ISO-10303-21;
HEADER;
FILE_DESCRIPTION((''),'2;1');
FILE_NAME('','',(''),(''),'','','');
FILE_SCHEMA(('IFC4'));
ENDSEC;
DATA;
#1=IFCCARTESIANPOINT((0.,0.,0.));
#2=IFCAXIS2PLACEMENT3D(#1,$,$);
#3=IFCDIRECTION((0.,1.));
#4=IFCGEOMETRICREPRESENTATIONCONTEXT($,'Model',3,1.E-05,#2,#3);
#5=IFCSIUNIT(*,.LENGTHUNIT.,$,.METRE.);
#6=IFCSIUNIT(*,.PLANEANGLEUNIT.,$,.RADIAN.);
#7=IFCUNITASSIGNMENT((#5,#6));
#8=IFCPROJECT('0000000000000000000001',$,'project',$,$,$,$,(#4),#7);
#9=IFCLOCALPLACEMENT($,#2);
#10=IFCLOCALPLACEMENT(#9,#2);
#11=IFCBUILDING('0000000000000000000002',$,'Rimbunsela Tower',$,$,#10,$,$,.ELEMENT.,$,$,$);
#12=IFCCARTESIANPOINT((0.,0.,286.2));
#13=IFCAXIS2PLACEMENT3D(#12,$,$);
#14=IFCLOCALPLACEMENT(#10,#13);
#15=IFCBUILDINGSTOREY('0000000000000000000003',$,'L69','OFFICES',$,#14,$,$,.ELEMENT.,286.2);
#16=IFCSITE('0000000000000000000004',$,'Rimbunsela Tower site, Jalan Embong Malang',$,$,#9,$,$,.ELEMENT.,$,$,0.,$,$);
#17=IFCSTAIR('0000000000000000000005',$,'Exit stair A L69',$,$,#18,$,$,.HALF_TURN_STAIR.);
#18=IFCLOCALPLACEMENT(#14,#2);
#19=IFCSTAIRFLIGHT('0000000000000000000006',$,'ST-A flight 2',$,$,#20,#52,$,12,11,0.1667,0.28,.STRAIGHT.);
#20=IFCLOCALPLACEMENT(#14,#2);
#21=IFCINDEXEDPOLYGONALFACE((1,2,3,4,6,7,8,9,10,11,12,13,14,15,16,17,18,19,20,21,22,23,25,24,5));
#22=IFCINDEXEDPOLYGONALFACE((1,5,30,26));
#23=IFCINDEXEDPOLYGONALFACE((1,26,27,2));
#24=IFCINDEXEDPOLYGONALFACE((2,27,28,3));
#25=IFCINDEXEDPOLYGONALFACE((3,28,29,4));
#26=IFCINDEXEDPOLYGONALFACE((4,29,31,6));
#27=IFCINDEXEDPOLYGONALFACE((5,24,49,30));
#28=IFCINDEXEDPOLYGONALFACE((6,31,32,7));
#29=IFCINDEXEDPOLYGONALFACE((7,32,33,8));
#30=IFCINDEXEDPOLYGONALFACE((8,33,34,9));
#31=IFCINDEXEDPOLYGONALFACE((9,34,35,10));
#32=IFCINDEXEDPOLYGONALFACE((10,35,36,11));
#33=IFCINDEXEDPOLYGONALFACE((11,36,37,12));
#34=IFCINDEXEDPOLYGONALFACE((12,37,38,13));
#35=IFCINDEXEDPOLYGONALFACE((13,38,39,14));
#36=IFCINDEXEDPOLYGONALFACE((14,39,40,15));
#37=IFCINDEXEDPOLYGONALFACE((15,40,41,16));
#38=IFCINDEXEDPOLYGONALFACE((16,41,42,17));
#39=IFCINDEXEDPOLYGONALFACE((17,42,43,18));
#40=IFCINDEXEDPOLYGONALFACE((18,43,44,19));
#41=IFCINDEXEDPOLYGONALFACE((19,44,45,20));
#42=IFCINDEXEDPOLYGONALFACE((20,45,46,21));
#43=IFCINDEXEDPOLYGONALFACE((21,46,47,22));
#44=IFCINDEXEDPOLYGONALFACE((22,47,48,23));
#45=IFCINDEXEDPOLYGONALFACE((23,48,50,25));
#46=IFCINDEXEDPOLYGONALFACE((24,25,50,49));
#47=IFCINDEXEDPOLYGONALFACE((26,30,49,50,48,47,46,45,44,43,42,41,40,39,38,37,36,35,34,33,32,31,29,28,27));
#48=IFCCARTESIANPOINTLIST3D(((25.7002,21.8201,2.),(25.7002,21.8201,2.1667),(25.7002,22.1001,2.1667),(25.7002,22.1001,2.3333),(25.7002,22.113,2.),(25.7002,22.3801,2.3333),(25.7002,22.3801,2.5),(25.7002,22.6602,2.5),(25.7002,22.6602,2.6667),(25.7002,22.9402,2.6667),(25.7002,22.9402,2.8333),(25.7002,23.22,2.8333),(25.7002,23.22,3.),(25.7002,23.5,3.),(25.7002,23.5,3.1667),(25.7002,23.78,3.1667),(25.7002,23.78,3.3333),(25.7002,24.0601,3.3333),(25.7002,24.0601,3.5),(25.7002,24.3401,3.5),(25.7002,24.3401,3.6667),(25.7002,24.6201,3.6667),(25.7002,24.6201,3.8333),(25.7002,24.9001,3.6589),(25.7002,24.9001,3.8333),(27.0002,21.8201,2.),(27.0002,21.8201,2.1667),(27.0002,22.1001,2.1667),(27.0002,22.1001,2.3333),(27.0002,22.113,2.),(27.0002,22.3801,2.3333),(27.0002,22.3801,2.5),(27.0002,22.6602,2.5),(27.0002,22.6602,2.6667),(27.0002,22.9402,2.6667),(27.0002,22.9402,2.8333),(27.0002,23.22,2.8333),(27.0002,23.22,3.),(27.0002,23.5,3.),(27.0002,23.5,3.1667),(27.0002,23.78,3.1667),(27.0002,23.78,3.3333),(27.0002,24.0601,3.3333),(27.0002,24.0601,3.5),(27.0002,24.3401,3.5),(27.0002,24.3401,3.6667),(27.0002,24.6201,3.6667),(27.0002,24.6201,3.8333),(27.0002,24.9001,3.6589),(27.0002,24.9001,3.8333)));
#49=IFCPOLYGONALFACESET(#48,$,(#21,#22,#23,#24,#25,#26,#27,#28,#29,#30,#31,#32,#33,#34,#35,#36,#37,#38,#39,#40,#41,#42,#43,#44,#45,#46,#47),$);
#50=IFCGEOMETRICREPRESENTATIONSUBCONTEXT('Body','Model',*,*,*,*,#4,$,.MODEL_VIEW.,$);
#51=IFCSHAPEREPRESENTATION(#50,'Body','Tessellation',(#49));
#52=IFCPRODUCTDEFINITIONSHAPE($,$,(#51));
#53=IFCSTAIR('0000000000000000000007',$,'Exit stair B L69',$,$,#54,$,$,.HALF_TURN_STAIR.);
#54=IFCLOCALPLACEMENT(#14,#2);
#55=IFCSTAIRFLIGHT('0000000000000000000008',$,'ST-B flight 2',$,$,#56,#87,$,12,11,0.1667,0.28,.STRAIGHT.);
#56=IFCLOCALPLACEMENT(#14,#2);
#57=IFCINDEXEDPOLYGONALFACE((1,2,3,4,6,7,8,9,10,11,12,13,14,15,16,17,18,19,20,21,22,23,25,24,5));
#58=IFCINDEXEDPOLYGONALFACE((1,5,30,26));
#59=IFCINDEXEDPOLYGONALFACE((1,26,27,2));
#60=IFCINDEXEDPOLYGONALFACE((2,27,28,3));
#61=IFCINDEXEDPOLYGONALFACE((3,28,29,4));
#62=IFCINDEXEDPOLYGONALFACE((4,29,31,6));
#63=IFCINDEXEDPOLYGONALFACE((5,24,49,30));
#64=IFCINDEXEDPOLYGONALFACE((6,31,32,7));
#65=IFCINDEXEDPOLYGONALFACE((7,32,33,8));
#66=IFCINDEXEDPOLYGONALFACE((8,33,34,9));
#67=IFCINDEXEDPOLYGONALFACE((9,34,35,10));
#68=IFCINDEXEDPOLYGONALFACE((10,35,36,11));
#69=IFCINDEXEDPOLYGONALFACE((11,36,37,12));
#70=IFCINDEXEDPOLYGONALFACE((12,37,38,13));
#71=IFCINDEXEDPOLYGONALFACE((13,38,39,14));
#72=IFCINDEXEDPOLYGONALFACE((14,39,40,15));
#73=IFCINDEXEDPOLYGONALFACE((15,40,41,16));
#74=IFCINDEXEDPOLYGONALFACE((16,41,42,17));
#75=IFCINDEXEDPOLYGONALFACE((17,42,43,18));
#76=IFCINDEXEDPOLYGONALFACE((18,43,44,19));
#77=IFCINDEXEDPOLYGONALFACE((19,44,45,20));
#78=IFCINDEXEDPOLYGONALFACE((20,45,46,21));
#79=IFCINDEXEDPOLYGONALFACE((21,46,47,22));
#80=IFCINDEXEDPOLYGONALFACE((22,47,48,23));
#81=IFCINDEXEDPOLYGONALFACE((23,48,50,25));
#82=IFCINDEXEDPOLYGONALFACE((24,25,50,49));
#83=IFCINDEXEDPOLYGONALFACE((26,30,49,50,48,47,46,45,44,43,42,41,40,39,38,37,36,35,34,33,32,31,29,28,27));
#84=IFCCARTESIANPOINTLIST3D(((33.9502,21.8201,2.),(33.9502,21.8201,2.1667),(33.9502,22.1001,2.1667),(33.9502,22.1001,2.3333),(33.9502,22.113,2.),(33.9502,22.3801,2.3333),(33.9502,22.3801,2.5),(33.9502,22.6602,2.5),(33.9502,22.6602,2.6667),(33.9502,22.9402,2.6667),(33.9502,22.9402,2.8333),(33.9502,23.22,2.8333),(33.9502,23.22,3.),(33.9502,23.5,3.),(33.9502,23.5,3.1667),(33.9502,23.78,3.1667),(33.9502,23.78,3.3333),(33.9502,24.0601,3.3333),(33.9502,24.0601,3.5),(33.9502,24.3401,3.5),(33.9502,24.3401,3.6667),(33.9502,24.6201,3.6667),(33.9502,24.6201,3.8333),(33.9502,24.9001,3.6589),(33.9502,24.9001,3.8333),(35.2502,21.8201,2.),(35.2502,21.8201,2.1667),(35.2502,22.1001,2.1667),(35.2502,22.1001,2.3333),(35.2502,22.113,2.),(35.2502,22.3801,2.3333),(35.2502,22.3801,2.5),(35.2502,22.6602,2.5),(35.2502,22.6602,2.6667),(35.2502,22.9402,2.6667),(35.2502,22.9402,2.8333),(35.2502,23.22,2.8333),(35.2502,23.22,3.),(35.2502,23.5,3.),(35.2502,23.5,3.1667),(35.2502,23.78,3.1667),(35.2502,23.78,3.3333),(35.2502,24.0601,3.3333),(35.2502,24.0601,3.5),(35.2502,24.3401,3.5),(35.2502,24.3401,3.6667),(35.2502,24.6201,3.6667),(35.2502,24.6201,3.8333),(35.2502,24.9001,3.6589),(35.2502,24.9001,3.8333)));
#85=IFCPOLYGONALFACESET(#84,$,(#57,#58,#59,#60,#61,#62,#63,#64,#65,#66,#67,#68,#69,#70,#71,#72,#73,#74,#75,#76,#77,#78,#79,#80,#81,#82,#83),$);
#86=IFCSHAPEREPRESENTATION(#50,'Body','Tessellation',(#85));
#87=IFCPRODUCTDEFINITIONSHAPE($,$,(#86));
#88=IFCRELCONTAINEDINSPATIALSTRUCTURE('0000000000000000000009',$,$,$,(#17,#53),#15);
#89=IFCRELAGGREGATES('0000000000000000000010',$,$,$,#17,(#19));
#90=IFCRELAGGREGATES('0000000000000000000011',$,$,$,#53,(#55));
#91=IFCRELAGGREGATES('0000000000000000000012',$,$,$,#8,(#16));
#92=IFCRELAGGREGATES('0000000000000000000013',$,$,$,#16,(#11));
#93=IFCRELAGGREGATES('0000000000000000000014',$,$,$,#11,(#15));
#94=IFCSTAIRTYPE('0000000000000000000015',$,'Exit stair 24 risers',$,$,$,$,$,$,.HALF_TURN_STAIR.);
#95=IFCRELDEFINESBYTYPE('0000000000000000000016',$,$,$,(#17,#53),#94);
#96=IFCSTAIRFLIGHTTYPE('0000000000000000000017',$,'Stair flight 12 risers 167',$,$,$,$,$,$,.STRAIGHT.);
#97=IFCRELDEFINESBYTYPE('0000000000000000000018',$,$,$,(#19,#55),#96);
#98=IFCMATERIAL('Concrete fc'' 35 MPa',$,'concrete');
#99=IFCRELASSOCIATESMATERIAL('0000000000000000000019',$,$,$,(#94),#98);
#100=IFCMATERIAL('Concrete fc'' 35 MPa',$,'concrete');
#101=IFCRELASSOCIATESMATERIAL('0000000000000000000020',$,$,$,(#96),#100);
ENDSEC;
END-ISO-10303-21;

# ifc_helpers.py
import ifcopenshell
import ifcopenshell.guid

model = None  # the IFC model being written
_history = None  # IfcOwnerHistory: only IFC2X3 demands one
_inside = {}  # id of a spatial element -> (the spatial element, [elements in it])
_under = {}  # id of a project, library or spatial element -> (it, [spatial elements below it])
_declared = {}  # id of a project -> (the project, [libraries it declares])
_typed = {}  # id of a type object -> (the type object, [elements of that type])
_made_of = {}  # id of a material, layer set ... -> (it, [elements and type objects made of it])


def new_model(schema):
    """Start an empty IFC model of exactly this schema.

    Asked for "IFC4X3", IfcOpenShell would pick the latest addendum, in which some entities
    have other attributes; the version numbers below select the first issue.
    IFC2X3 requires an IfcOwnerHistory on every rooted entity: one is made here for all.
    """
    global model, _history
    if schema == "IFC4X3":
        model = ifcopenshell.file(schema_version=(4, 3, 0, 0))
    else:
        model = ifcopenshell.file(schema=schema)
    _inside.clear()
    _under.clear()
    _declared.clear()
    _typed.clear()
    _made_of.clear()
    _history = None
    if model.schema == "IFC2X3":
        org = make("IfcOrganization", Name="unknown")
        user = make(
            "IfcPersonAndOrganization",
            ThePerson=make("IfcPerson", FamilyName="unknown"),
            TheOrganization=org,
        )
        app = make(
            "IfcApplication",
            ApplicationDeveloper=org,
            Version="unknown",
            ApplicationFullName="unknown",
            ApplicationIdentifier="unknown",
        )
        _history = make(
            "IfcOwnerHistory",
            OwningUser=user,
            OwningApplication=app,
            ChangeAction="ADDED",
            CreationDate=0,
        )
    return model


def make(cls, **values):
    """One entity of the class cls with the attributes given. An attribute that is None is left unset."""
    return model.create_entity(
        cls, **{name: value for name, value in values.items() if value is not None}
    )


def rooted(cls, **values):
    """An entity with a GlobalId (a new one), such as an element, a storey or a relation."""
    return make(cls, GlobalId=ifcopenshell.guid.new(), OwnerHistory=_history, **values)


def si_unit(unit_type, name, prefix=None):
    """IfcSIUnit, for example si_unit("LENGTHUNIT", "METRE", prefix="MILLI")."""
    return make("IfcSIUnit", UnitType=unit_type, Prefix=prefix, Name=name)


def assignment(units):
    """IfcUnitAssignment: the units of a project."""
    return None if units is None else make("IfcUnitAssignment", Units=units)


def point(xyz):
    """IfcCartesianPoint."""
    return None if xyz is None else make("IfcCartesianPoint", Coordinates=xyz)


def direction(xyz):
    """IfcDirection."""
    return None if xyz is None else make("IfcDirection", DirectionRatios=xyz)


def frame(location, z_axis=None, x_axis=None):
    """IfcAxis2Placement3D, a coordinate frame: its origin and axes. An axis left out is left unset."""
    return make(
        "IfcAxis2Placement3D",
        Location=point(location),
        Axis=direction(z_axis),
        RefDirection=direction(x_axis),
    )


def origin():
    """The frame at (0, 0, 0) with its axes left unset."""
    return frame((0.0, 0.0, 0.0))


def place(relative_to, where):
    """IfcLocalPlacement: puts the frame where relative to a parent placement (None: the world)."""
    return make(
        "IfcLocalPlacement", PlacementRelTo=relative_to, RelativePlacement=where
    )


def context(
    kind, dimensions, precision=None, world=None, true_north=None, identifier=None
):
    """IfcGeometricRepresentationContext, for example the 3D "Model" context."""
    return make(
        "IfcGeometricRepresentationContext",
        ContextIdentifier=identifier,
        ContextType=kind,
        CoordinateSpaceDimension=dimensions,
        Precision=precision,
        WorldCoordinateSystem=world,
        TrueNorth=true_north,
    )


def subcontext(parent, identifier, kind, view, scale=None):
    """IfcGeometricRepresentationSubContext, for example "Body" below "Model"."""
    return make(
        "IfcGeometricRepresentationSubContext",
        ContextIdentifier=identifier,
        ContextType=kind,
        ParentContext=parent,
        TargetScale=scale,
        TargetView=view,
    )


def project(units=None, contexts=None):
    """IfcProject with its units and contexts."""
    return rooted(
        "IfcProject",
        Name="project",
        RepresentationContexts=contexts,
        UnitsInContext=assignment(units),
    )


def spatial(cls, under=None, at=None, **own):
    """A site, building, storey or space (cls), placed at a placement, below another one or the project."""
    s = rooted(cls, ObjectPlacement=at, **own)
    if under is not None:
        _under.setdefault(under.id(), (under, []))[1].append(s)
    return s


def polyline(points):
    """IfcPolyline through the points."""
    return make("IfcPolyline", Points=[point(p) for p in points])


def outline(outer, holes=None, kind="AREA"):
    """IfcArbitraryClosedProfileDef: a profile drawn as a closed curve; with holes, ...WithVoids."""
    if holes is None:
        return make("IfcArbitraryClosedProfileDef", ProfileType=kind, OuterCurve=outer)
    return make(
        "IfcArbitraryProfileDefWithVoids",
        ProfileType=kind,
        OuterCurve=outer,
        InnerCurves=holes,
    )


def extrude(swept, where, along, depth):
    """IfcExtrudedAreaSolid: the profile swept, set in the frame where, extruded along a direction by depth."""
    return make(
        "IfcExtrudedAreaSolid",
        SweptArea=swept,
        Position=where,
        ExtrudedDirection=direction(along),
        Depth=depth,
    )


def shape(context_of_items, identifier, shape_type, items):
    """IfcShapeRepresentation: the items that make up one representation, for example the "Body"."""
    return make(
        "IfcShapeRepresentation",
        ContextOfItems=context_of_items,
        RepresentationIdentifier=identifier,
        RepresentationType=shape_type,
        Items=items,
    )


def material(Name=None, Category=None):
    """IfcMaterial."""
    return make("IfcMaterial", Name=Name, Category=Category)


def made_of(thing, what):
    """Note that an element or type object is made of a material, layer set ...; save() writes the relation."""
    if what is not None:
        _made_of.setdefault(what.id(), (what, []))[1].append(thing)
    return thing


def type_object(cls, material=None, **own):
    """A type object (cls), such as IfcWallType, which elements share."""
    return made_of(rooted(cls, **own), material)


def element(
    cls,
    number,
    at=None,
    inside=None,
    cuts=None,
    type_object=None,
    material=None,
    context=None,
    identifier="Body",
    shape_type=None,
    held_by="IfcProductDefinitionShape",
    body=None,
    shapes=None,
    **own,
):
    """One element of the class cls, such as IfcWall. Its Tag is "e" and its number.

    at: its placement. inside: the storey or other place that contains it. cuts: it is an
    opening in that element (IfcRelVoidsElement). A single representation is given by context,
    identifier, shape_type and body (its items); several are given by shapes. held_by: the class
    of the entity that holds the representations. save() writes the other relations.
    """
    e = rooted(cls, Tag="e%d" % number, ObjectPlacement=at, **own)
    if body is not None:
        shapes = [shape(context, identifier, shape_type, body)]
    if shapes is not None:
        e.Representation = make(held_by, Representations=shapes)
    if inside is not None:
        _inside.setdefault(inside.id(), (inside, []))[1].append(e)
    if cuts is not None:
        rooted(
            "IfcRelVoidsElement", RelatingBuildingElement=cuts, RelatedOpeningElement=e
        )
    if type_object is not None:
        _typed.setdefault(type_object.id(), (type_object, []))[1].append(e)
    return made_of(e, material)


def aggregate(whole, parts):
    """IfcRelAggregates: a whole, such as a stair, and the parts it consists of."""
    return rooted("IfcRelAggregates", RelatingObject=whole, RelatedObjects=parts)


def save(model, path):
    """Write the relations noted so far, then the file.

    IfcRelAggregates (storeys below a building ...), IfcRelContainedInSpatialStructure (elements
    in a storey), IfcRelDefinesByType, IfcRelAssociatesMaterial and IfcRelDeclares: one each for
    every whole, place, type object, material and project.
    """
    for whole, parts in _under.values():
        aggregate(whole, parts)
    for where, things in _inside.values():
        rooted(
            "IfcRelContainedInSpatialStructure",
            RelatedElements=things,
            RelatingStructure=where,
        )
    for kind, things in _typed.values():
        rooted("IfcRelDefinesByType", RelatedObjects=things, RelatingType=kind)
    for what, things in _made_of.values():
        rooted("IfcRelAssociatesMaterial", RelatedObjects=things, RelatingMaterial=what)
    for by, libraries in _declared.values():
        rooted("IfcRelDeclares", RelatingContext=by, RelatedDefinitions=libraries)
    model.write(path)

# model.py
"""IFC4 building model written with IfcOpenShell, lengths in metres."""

from ifc_helpers import new_model, si_unit, direction, frame, origin, place, context, subcontext, project, spatial, polyline, outline, extrude, material, type_object, element, aggregate, save


model = new_model("IFC4")

# Units and contexts
model_context = context("Model", 3, precision=1e-05, world=origin(), true_north=direction((0.0, 1.0)))
body_context = subcontext(model_context, "Body", "Model", "MODEL_VIEW")
ifc_project = project(units=[si_unit("LENGTHUNIT", "METRE"), si_unit("PLANEANGLEUNIT", "RADIAN")], contexts=[model_context])

# Site, building, storey
site_placement = place(None, origin())
site = spatial("IfcSite", under=ifc_project, at=site_placement, Name="Rimbunsela Tower site, Jalan Embong Malang", CompositionType="ELEMENT", RefElevation=0.0)
building_placement = place(site_placement, origin())
building = spatial("IfcBuilding", under=site, at=building_placement, Name="Rimbunsela Tower", CompositionType="ELEMENT")
storey_placement = place(building_placement, frame((0.0, 0.0, 286.2)))
storey = spatial("IfcBuildingStorey", under=building, at=storey_placement, Name="L69", Description="OFFICES", CompositionType="ELEMENT", Elevation=286.2)

# Stairs, stair flights
ifc_material_1 = material(Name="Concrete fc' 35 MPa", Category="concrete")
stair_type = type_object("IfcStairType", Name="Exit stair 24 risers", PredefinedType="HALF_TURN_STAIR", material=ifc_material_1)
stair_1_placement = place(storey_placement, origin())
stair_1 = element("IfcStair", 1, at=stair_1_placement, inside=storey, type_object=stair_type, Name="Exit stair A L69", PredefinedType="HALF_TURN_STAIR")
ifc_material_2 = material(Name="Concrete fc' 35 MPa", Category="concrete")
stair_flight_type = type_object("IfcStairFlightType", Name="Stair flight 12 risers 167", PredefinedType="STRAIGHT", material=ifc_material_2)
stair_flight_1_placement = place(storey_placement, frame((26.3501, 21.8201, 2.0), z_axis=(0.0, 0.0, 1.0), x_axis=(0.0, 1.0, 0.0)))
stair_flight_1 = element("IfcStairFlight", 2, at=stair_flight_1_placement, type_object=stair_flight_type, Name="ST-A flight 2", NumberOfRisers=12, NumberOfTreads=11, PredefinedType="STRAIGHT", RiserHeight=0.1667, TreadLength=0.28, context=body_context, shape_type="SweptSolid", body=[
    extrude(outline(polyline([(0.0, 0.0), (0.0, 0.1667), (0.28, 0.1667), (0.28, 0.3333), (0.5601, 0.3333), (0.5601, 0.5), (0.8401, 0.5), (0.8401, 0.6667), (1.1201, 0.6667), (1.1201, 0.8333), (1.3999, 0.8333), (1.3999, 1.0), (1.6799, 1.0), (1.6799, 1.1667), (1.96, 1.1667), (1.96, 1.3333), (2.24, 1.3333), (2.24, 1.5), (2.52, 1.5), (2.52, 1.6667), (2.8, 1.6667), (2.8, 1.8333), (3.0801, 1.8333), (3.0801, 2.0), (3.0801, 1.6589), (0.293, 0.0), (0.0, 0.0)])), frame((0.0, 0.6499, 0.0), z_axis=(0.0, -1.0, 0.0), x_axis=(1.0, 0.0, 0.0)), (0.0, 0.0, 1.0), 1.3),
])
aggregate(stair_1, [stair_flight_1])
stair_2_placement = place(storey_placement, origin())
stair_2 = element("IfcStair", 3, at=stair_2_placement, inside=storey, type_object=stair_type, Name="Exit stair B L69", PredefinedType="HALF_TURN_STAIR")
stair_flight_2_placement = place(storey_placement, frame((34.6001, 21.8201, 2.0), z_axis=(0.0, 0.0, 1.0), x_axis=(0.0, 1.0, 0.0)))
stair_flight_2 = element("IfcStairFlight", 4, at=stair_flight_2_placement, type_object=stair_flight_type, Name="ST-B flight 2", NumberOfRisers=12, NumberOfTreads=11, PredefinedType="STRAIGHT", RiserHeight=0.1667, TreadLength=0.28, context=body_context, shape_type="SweptSolid", body=[
    extrude(outline(polyline([(0.0, 0.0), (0.0, 0.1667), (0.28, 0.1667), (0.28, 0.3333), (0.5601, 0.3333), (0.5601, 0.5), (0.8401, 0.5), (0.8401, 0.6667), (1.1201, 0.6667), (1.1201, 0.8333), (1.3999, 0.8333), (1.3999, 1.0), (1.6799, 1.0), (1.6799, 1.1667), (1.96, 1.1667), (1.96, 1.3333), (2.24, 1.3333), (2.24, 1.5), (2.52, 1.5), (2.52, 1.6667), (2.8, 1.6667), (2.8, 1.8333), (3.0801, 1.8333), (3.0801, 2.0), (3.0801, 1.6589), (0.293, 0.0), (0.0, 0.0)])), frame((0.0, 0.6499, 0.0), z_axis=(0.0, -1.0, 0.0), x_axis=(1.0, 0.0, 0.0)), (0.0, 0.0, 1.0), 1.3),
])
aggregate(stair_2, [stair_flight_2])

save(model, "model.ifc")
